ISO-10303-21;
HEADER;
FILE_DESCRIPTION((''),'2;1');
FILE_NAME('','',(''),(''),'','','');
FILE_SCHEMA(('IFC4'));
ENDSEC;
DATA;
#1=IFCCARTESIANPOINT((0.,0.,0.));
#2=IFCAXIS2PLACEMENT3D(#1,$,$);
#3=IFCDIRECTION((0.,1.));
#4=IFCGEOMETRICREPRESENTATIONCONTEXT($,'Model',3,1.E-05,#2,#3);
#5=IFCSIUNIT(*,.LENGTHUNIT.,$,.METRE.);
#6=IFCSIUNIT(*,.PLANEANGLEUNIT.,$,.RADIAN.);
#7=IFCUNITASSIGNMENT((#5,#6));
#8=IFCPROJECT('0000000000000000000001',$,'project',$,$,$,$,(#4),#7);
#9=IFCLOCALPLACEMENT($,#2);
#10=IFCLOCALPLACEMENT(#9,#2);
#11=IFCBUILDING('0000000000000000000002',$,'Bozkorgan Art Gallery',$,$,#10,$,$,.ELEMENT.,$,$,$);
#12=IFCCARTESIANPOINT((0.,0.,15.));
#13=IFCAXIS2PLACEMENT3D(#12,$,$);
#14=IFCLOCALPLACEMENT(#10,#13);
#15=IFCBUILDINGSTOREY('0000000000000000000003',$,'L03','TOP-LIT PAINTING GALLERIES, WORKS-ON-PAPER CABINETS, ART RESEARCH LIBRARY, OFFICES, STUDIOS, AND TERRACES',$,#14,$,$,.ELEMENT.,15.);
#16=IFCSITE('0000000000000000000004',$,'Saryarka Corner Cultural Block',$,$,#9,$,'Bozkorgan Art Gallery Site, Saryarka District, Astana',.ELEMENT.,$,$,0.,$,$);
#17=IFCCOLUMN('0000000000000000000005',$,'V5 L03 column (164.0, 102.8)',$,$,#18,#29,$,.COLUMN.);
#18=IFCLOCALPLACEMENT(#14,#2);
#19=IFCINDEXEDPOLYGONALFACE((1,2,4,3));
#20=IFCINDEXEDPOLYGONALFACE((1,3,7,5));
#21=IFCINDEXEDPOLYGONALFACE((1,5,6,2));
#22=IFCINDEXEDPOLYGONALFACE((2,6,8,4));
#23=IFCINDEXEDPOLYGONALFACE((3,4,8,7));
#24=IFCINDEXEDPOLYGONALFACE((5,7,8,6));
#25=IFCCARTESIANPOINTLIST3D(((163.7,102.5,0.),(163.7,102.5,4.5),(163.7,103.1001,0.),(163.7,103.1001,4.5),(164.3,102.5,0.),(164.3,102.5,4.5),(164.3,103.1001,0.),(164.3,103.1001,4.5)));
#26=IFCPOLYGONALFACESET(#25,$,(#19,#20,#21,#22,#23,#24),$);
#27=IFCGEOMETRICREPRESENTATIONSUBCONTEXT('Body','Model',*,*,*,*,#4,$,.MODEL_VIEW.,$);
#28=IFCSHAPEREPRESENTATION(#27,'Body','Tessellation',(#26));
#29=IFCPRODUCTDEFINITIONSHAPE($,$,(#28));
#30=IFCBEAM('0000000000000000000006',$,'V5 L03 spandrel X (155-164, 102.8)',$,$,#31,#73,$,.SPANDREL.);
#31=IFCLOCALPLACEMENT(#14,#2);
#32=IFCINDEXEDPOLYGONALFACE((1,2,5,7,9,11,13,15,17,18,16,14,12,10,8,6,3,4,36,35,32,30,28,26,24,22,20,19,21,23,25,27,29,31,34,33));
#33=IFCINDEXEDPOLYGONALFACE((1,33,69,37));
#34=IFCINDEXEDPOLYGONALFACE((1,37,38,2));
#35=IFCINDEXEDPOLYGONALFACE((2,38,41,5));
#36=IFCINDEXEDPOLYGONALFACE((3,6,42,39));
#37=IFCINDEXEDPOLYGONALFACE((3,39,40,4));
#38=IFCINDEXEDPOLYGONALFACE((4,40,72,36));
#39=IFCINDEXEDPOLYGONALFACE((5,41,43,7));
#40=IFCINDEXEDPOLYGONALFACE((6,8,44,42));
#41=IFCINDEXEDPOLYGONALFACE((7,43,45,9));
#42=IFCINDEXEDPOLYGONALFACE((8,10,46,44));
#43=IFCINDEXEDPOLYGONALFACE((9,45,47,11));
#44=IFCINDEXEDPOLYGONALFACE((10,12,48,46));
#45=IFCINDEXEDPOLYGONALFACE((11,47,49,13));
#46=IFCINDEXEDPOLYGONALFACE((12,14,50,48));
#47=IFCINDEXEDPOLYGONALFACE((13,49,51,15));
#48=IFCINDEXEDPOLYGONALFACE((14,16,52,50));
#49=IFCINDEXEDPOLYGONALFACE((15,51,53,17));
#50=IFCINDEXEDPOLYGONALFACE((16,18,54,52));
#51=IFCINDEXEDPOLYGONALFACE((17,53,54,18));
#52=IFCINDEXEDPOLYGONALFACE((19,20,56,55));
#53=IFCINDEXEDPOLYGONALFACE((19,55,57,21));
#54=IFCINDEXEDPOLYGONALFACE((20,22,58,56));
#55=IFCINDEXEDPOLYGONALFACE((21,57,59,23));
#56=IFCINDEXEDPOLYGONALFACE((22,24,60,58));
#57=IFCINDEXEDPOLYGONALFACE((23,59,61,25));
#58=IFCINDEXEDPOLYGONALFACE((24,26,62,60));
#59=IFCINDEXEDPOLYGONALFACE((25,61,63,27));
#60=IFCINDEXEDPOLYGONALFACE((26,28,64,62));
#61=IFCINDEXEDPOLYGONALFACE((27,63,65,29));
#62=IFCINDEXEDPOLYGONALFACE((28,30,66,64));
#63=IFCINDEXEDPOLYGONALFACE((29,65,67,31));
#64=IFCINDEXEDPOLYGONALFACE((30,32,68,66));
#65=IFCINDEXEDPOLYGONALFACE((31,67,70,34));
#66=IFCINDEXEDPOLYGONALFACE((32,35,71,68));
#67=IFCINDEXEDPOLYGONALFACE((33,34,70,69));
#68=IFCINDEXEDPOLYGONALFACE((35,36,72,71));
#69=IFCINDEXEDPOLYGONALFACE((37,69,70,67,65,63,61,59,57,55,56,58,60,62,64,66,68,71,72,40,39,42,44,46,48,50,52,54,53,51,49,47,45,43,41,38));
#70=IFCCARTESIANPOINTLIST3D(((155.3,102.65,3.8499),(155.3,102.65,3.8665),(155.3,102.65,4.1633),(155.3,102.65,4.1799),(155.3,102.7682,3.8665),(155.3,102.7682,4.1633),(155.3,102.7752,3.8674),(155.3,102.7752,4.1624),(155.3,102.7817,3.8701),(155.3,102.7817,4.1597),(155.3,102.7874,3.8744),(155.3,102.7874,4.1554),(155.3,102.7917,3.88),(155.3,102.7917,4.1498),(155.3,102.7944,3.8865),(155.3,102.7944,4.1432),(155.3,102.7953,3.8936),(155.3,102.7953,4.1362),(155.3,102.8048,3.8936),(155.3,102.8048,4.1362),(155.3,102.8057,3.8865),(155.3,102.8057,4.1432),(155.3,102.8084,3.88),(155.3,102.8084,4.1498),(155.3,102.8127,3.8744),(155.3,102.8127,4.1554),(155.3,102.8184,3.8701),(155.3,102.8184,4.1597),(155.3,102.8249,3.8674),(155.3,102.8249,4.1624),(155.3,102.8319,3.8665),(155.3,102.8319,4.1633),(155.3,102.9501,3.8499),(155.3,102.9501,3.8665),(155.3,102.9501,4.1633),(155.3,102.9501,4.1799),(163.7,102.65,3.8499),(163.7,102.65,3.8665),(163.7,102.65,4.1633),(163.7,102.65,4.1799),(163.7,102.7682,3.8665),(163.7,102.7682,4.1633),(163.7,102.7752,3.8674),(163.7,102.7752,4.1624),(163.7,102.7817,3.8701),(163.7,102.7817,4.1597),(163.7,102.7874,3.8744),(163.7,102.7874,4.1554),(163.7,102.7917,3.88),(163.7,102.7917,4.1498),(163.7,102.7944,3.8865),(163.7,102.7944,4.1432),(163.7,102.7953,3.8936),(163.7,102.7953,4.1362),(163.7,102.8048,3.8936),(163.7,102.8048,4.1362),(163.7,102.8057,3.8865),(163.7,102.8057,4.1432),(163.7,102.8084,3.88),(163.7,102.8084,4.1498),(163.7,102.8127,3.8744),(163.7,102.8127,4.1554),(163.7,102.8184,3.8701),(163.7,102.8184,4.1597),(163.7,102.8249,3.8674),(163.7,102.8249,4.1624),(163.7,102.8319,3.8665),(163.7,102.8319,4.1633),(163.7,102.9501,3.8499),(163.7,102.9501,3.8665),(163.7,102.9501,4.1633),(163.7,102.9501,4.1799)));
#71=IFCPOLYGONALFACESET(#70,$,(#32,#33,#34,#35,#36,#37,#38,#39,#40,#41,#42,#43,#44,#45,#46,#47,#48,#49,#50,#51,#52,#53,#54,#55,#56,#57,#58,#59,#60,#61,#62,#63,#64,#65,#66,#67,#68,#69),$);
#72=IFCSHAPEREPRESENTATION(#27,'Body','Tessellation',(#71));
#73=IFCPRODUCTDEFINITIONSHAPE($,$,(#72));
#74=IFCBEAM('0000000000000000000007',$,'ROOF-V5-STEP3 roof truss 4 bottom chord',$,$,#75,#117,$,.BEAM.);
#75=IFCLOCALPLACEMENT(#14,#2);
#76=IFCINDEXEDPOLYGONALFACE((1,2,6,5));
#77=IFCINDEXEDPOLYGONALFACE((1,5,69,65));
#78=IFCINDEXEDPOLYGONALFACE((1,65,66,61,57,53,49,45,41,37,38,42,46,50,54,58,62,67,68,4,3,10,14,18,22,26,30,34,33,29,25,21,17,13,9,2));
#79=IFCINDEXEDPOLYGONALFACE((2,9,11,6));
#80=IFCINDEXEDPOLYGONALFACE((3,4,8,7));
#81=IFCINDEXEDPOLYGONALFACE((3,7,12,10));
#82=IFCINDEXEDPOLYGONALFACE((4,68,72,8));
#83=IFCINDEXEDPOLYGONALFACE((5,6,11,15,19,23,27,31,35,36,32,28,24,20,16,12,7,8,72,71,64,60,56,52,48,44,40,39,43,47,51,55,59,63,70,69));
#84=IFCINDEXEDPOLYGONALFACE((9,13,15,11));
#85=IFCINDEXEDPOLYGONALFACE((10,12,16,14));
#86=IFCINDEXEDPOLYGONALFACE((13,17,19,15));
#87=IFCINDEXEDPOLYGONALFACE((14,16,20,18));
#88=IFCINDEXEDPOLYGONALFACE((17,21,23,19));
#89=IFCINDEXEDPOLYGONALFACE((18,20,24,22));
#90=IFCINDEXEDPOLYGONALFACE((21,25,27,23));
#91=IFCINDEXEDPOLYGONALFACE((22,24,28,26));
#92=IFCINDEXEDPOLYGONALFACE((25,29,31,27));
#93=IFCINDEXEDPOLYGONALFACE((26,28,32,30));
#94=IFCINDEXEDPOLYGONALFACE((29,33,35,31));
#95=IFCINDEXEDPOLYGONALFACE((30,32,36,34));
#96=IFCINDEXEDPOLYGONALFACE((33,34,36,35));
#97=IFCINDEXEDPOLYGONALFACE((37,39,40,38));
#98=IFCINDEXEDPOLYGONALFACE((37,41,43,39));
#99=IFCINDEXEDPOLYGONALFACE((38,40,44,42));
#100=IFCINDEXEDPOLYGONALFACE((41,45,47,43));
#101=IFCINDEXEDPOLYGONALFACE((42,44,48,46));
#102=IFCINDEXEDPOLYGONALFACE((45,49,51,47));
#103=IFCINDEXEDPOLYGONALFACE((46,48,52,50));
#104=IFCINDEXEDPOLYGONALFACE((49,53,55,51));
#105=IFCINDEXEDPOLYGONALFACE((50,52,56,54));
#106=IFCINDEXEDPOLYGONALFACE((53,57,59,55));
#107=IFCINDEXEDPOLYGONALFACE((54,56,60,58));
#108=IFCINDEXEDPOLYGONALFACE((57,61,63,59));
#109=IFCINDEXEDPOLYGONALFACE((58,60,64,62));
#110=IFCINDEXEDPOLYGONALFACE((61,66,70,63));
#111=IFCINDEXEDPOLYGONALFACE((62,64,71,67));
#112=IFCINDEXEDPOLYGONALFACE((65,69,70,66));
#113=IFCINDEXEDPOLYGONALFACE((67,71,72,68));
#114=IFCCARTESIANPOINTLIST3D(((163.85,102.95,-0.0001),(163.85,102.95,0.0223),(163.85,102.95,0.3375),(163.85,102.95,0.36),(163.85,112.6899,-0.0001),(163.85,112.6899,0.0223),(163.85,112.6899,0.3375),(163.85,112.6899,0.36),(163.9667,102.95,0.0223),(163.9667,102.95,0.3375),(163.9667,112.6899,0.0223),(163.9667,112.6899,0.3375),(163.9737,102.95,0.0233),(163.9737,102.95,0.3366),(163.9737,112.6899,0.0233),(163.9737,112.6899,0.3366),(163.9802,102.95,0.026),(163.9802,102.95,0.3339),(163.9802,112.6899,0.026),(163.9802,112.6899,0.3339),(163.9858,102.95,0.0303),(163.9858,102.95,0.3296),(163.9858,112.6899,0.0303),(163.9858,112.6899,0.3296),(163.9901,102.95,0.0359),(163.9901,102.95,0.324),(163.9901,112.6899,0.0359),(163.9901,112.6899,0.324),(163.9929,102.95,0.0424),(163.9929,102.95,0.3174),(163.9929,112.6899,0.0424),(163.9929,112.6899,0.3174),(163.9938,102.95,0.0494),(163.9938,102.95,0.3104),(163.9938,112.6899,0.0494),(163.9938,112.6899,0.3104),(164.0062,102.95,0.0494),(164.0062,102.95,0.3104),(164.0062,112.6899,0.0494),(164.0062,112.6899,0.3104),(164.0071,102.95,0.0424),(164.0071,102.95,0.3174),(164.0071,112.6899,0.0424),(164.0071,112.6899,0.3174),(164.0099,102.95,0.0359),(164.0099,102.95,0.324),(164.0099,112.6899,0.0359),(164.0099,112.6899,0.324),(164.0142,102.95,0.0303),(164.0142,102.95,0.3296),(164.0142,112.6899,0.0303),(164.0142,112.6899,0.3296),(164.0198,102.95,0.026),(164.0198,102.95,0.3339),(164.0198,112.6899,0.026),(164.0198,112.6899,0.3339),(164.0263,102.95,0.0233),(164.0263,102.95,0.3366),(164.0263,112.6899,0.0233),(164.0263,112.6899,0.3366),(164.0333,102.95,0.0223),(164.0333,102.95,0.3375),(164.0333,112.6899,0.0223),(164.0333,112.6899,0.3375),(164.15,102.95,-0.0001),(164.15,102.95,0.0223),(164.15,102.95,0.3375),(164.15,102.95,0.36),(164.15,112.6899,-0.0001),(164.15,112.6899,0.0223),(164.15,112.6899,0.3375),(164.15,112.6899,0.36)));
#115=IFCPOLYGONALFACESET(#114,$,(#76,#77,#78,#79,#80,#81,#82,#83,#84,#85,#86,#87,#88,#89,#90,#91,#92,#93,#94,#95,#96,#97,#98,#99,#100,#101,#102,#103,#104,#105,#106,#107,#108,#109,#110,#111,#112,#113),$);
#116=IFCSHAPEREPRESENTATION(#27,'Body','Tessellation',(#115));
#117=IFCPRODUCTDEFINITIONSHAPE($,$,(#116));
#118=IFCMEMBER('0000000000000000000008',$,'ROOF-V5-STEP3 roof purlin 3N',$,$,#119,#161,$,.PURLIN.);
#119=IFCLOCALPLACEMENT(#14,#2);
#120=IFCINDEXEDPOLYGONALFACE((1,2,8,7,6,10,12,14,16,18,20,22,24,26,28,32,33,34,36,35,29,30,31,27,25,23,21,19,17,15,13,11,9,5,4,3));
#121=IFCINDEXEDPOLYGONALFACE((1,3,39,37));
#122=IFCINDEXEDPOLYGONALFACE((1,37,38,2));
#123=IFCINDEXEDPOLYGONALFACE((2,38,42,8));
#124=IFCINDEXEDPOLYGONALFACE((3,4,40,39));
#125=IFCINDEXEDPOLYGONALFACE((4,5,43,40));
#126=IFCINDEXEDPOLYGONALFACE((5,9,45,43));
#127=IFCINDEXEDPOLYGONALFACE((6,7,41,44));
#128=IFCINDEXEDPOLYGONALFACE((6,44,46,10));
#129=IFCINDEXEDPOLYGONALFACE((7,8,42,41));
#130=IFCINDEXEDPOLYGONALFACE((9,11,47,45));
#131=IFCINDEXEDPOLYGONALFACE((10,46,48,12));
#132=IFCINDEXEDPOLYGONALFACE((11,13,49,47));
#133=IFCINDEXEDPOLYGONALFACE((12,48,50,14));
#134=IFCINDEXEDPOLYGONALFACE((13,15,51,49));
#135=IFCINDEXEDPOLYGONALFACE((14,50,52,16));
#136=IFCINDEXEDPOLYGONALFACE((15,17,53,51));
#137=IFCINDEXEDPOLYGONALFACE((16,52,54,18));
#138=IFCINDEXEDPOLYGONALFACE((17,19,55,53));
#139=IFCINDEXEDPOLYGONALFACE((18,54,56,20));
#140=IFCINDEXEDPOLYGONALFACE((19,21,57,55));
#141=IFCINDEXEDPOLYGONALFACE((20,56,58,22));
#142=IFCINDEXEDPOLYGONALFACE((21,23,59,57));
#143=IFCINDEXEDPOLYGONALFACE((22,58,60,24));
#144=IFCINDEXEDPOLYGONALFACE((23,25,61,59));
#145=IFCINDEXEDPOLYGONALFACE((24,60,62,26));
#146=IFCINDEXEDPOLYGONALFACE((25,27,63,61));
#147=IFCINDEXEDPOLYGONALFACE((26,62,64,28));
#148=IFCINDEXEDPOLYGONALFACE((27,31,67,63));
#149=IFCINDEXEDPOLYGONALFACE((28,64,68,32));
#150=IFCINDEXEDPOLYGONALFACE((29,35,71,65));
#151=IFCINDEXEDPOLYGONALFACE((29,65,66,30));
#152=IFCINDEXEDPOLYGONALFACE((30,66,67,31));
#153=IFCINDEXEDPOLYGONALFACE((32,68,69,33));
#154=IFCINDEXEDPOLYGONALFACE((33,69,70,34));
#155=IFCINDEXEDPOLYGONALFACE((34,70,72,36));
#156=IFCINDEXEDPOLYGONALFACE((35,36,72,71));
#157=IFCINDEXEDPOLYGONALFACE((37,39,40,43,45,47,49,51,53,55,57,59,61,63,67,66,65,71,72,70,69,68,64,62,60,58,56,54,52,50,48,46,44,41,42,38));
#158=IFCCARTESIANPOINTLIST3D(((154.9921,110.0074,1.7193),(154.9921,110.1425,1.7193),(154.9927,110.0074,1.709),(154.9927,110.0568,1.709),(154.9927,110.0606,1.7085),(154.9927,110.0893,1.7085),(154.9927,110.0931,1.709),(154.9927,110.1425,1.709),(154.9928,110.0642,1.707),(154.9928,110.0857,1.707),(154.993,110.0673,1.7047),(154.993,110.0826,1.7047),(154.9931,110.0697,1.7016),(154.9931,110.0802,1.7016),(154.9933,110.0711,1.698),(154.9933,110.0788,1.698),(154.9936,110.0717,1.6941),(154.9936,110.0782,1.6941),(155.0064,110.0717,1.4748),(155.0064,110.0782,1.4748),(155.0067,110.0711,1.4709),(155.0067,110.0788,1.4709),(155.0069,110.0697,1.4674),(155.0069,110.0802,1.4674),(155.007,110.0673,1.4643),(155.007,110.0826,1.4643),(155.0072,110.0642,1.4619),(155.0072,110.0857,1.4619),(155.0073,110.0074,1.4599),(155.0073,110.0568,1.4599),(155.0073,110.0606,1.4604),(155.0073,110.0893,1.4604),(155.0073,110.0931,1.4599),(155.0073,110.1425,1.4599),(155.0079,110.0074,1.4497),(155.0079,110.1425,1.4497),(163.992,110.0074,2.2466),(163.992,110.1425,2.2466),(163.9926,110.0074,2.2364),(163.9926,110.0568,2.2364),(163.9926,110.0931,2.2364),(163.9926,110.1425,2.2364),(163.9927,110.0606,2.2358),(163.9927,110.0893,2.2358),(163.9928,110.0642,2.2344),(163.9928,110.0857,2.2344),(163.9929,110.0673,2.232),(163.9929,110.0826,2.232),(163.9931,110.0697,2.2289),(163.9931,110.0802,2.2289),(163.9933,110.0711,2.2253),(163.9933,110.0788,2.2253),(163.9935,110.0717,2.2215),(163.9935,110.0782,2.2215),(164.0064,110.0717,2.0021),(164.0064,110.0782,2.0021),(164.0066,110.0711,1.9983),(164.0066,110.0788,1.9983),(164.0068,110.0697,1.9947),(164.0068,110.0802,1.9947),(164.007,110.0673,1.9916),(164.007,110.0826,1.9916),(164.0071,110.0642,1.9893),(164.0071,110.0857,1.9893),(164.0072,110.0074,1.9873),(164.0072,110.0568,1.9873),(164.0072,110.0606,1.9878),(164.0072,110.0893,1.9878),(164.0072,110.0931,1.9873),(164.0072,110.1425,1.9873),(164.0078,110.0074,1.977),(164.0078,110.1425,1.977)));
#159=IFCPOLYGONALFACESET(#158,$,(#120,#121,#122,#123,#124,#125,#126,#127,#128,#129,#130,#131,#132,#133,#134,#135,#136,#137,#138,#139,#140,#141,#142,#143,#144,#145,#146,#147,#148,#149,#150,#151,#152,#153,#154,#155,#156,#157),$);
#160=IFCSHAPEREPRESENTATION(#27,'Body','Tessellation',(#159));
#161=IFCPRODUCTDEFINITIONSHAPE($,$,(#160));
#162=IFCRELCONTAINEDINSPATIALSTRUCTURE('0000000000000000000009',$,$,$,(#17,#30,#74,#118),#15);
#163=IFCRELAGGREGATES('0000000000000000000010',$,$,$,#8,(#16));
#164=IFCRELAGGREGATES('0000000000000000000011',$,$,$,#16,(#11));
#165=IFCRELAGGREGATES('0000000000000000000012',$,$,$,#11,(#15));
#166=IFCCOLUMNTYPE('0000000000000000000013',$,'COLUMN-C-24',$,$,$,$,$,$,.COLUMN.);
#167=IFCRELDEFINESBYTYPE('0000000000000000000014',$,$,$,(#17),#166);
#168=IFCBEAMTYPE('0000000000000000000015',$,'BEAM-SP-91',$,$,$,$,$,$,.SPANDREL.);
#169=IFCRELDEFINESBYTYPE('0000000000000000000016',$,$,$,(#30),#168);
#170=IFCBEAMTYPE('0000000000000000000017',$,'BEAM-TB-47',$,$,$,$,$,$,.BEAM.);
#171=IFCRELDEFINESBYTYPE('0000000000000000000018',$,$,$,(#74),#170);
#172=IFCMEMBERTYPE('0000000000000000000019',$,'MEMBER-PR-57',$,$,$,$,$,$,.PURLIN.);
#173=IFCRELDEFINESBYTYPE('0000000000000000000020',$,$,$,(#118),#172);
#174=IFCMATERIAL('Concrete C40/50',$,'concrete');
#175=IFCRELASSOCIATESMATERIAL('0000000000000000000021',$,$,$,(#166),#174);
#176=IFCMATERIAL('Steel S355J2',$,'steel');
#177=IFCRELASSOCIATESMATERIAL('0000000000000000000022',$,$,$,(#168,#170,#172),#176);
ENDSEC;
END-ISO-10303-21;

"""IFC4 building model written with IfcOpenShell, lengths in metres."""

from ifc_helpers import new_model, si_unit, direction, frame, origin, origin_2d, place, context, subcontext, project, spatial, rectangle, i_section, extrude, material, material_profile, profile_set, type_object, element, save


model = new_model("IFC4")

# Units and contexts
model_context = context("Model", 3, precision=1e-05, world=origin(), true_north=direction((0.0, 1.0)))
body_context = subcontext(model_context, "Body", "Model", "MODEL_VIEW")
ifc_project = project(units=[si_unit("LENGTHUNIT", "METRE"), si_unit("PLANEANGLEUNIT", "RADIAN")], contexts=[model_context])

# Site, building, storey
site_placement = place(None, origin())
site = spatial("IfcSite", under=ifc_project, at=site_placement, Name="Saryarka Corner Cultural Block", LongName="Bozkorgan Art Gallery Site, Saryarka District, Astana", CompositionType="ELEMENT", RefElevation=0.0)
building_placement = place(site_placement, origin())
building = spatial("IfcBuilding", under=site, at=building_placement, Name="Bozkorgan Art Gallery", CompositionType="ELEMENT")
storey_placement = place(building_placement, frame((0.0, 0.0, 15.0)))
storey = spatial("IfcBuildingStorey", under=building, at=storey_placement, Name="L03", Description="TOP-LIT PAINTING GALLERIES, WORKS-ON-PAPER CABINETS, ART RESEARCH LIBRARY, OFFICES, STUDIOS, AND TERRACES", CompositionType="ELEMENT", Elevation=15.0)

# Column
ifc_material_1 = material(Name="Concrete C40/50", Category="concrete")
ifc_material_profile_1 = material_profile(ifc_material_1, rectangle(XDim=0.6001, YDim=0.6001, at=origin_2d()), Name="RC 600x600")
ifc_profile_set_1 = profile_set([ifc_material_profile_1], Name="Concrete C40/50")
column_type = type_object("IfcColumnType", Name="COLUMN-C-24", PredefinedType="COLUMN", material=ifc_profile_set_1)
column_placement = place(storey_placement, frame((164.0, 102.8, 0.0), z_axis=(0.0, 0.0, 1.0), x_axis=(1.0, 0.0, 0.0)))
element("IfcColumn", 1, at=column_placement, inside=storey, type_object=column_type, Name="V5 L03 column (164.0, 102.8)", PredefinedType="COLUMN", context=body_context, shape_type="SweptSolid", body=[
    extrude(rectangle(XDim=0.6001, YDim=0.6001, at=origin_2d()), origin(), (0.0, 0.0, 1.0), 4.5),
])

# Beams
ifc_material_2 = material(Name="Steel S355J2", Category="steel")
ifc_material_profile_2 = material_profile(ifc_material_2, i_section(OverallWidth=0.3, OverallDepth=0.3301, WebThickness=0.0095, FlangeThickness=0.0166, FilletRadius=0.0271, at=origin_2d()), Name="HEA 340")
ifc_profile_set_2 = profile_set([ifc_material_profile_2], Name="Steel S355J2")
beam_type_1 = type_object("IfcBeamType", Name="BEAM-SP-91", PredefinedType="SPANDREL", material=ifc_profile_set_2)
beam_1_placement = place(storey_placement, frame((155.3, 102.8, 4.0149), z_axis=(1.0, 0.0, 0.0), x_axis=(0.0, 1.0, 0.0)))
element("IfcBeam", 2, at=beam_1_placement, inside=storey, type_object=beam_type_1, Name="V5 L03 spandrel X (155-164, 102.8)", PredefinedType="SPANDREL", context=body_context, shape_type="SweptSolid", body=[
    extrude(i_section(OverallWidth=0.3, OverallDepth=0.3301, WebThickness=0.0095, FlangeThickness=0.0166, FilletRadius=0.0271, at=origin_2d()), origin(), (0.0, 0.0, 1.0), 8.3999),
])
ifc_material_profile_3 = material_profile(ifc_material_2, i_section(OverallWidth=0.3, OverallDepth=0.3601, WebThickness=0.0125, FlangeThickness=0.0225, FilletRadius=0.0271, at=origin_2d()), Name="HEB 360")
ifc_profile_set_3 = profile_set([ifc_material_profile_3], Name="Steel S355J2")
beam_type_2 = type_object("IfcBeamType", Name="BEAM-TB-47", PredefinedType="BEAM", material=ifc_profile_set_3)
beam_2_placement = place(storey_placement, frame((164.0, 102.95, 0.1799), z_axis=(0.0, 1.0, 0.0), x_axis=(-1.0, 0.0, 0.0)))
element("IfcBeam", 3, at=beam_2_placement, inside=storey, type_object=beam_type_2, Name="ROOF-V5-STEP3 roof truss 4 bottom chord", PredefinedType="BEAM", context=body_context, shape_type="SweptSolid", body=[
    extrude(i_section(OverallWidth=0.3, OverallDepth=0.3601, WebThickness=0.0125, FlangeThickness=0.0225, FilletRadius=0.0271, at=origin_2d()), origin(), (0.0, 0.0, 1.0), 9.74),
])

# Member
ifc_material_profile_4 = material_profile(ifc_material_2, i_section(OverallWidth=0.135, OverallDepth=0.27, WebThickness=0.0066, FlangeThickness=0.0103, FilletRadius=0.0149, at=origin_2d()), Name="IPE 270")
ifc_profile_set_4 = profile_set([ifc_material_profile_4], Name="Steel S355J2")
member_type_1 = type_object("IfcMemberType", Name="MEMBER-PR-57", PredefinedType="PURLIN", material=ifc_profile_set_4)
member_1_placement = place(storey_placement, frame((155.0, 110.075, 1.5845), z_axis=(0.998288, 0.0, 0.058493), x_axis=(0.0, 1.0, 0.0)))
element("IfcMember", 4, at=member_1_placement, inside=storey, type_object=member_type_1, Name="ROOF-V5-STEP3 roof purlin 3N", PredefinedType="PURLIN", context=body_context, shape_type="SweptSolid", body=[
    extrude(i_section(OverallWidth=0.135, OverallDepth=0.27, WebThickness=0.0066, FlangeThickness=0.0103, FilletRadius=0.0149, at=origin_2d()), origin(), (0.0, 0.0, 1.0), 9.0154),
])

save(model, "model.ifc")
